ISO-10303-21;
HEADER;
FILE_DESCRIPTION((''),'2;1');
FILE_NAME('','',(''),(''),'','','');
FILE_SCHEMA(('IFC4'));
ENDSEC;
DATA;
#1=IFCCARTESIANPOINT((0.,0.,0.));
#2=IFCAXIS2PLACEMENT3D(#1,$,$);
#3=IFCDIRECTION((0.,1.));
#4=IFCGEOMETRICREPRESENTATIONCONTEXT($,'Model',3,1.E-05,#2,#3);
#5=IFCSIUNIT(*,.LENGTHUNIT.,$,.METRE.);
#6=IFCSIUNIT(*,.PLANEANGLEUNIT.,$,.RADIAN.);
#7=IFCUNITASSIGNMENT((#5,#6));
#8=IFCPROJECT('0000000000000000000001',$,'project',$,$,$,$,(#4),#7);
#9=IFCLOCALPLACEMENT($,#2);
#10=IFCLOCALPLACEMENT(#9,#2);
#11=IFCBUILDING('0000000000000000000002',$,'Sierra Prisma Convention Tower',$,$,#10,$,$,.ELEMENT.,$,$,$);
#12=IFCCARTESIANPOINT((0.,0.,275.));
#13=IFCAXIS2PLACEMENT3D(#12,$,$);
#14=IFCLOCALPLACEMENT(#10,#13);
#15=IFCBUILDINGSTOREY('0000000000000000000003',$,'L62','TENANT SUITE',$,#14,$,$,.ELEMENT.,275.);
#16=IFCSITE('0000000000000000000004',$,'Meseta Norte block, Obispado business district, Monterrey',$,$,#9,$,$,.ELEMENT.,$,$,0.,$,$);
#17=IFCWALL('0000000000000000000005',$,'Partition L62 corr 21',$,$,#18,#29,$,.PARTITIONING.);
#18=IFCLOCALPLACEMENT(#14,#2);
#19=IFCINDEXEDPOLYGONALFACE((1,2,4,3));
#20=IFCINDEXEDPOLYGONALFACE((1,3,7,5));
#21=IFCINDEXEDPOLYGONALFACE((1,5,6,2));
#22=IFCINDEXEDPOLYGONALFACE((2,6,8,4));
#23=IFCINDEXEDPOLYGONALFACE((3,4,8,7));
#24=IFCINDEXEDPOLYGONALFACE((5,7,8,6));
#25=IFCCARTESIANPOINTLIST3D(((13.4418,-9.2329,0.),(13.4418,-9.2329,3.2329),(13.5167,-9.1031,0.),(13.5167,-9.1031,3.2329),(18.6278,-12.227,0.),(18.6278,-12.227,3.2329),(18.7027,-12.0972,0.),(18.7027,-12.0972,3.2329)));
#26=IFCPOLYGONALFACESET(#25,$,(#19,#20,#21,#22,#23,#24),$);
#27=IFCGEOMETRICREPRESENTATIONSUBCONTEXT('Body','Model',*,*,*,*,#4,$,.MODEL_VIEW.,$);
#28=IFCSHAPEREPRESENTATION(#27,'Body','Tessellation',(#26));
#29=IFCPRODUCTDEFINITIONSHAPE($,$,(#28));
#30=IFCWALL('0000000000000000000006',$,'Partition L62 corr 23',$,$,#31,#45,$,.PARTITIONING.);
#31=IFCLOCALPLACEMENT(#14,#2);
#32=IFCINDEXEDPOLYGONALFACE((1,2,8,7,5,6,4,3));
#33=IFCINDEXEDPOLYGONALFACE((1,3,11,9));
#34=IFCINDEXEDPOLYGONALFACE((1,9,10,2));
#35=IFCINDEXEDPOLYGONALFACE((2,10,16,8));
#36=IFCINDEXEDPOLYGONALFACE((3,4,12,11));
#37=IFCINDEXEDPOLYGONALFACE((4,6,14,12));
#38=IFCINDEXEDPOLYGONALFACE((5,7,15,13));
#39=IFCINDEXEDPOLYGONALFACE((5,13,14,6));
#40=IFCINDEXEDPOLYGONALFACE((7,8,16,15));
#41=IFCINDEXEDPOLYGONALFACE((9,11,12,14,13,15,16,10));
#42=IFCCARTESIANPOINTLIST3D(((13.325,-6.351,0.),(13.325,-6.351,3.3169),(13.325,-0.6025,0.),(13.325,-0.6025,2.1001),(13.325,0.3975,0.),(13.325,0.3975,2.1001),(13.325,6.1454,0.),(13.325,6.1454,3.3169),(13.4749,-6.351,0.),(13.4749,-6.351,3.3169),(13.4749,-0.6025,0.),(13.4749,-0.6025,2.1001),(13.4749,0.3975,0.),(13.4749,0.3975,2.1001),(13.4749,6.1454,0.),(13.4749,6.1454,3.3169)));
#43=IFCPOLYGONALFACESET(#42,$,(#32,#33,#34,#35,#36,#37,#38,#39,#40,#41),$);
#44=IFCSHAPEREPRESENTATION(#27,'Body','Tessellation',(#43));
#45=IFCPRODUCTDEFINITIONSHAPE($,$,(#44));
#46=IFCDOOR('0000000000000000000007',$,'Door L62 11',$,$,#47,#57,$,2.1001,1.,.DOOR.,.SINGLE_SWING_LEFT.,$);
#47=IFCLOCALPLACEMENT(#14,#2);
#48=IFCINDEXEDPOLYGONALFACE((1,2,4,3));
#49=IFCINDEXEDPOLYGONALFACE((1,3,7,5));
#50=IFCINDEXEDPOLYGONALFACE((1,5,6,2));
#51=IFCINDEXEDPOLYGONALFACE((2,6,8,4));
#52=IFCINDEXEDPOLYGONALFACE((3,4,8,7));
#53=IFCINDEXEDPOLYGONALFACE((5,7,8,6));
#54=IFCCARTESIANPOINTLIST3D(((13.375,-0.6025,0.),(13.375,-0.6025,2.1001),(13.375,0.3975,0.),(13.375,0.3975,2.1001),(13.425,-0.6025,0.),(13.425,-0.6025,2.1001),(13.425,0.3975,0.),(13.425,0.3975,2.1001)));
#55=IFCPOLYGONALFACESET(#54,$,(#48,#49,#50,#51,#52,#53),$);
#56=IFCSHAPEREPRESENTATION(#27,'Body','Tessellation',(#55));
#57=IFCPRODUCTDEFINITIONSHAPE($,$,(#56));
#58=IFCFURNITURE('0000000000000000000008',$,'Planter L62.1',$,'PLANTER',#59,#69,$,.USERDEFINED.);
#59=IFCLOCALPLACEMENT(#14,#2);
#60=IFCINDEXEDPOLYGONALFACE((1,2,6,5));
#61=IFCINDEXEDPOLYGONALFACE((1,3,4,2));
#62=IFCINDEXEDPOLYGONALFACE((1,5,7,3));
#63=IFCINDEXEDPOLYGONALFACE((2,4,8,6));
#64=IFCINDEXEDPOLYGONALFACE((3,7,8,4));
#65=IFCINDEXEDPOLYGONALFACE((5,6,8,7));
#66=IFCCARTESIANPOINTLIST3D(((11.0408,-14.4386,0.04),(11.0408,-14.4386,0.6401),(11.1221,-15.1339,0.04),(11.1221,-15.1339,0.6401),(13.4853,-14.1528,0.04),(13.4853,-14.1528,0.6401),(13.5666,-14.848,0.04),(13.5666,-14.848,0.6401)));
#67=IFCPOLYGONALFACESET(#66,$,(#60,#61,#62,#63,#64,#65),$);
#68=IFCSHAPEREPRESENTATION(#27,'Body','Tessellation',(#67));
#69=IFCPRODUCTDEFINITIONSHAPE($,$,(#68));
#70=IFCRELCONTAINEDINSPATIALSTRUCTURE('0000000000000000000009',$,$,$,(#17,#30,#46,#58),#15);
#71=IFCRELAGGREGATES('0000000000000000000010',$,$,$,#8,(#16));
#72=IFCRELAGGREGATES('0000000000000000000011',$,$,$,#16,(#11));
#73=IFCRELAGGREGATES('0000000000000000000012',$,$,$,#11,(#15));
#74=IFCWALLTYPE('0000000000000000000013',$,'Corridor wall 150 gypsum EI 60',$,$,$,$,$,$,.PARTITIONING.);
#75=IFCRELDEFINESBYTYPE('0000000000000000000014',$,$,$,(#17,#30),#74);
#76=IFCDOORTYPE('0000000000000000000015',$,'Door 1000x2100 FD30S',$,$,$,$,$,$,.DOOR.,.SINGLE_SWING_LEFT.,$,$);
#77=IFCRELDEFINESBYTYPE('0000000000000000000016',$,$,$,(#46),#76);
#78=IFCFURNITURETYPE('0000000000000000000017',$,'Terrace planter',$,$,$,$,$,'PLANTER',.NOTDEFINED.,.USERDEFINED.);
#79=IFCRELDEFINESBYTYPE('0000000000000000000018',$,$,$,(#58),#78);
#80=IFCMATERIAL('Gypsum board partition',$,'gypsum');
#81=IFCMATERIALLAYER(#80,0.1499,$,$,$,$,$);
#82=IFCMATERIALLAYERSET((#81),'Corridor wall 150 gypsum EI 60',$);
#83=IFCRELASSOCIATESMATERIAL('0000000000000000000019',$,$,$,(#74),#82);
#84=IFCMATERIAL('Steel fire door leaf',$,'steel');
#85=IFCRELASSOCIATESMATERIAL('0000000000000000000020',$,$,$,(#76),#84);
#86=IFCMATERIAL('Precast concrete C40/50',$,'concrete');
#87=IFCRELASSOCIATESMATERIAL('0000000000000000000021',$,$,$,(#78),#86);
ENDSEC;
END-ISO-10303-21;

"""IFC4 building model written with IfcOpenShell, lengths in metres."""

from ifc_helpers import new_model, si_unit, direction, frame, frame_2d, origin, origin_2d, place, context, subcontext, project, spatial, rectangle, extrude, material, layer, layer_set, type_object, element, fill, save


model = new_model("IFC4")

# Units and contexts
model_context = context("Model", 3, precision=1e-05, world=origin(), true_north=direction((0.0, 1.0)))
body_context = subcontext(model_context, "Body", "Model", "MODEL_VIEW")
ifc_project = project(units=[si_unit("LENGTHUNIT", "METRE"), si_unit("PLANEANGLEUNIT", "RADIAN")], contexts=[model_context])

# Site, building, storey
site_placement = place(None, origin())
site = spatial("IfcSite", under=ifc_project, at=site_placement, Name="Meseta Norte block, Obispado business district, Monterrey", CompositionType="ELEMENT", RefElevation=0.0)
building_placement = place(site_placement, origin())
building = spatial("IfcBuilding", under=site, at=building_placement, Name="Sierra Prisma Convention Tower", CompositionType="ELEMENT")
storey_placement = place(building_placement, frame((0.0, 0.0, 275.0)))
storey = spatial("IfcBuildingStorey", under=building, at=storey_placement, Name="L62", Description="TENANT SUITE", CompositionType="ELEMENT", Elevation=275.0)

# Wall
ifc_material_1 = material(Name="Gypsum board partition", Category="gypsum")
ifc_layer_1 = layer(ifc_material_1, 0.1499)
ifc_layer_set_1 = layer_set([ifc_layer_1], Name="Corridor wall 150 gypsum EI 60")
wall_type_1 = type_object("IfcWallType", Name="Corridor wall 150 gypsum EI 60", PredefinedType="PARTITIONING", material=ifc_layer_set_1)
wall_1_placement = place(storey_placement, frame((13.4792, -9.168, 0.0), z_axis=(0.0, 0.0, 1.0), x_axis=(0.866027, -0.499998, 0.0)))
element("IfcWall", 1, at=wall_1_placement, inside=storey, type_object=wall_type_1, Name="Partition L62 corr 21", PredefinedType="PARTITIONING", context=body_context, shape_type="SweptSolid", body=[
    extrude(rectangle(XDim=5.9883, YDim=0.1499, at=frame_2d((2.9941, 0.0))), origin(), (0.0, 0.0, 1.0), 3.2329),
])

# Wall, opening, door
wall_2_placement = place(storey_placement, frame((13.3999, -6.3508, 0.0), z_axis=(0.0, 0.0, 1.0), x_axis=(0.0, 1.0, 0.0)))
wall_2 = element("IfcWall", 2, at=wall_2_placement, inside=storey, type_object=wall_type_1, Name="Partition L62 corr 23", PredefinedType="PARTITIONING", context=body_context, shape_type="SweptSolid", body=[
    extrude(rectangle(XDim=12.4963, YDim=0.1499, at=frame_2d((6.248, 0.0))), origin(), (0.0, 0.0, 1.0), 3.3169),
])
opening_1_placement = place(wall_2_placement, frame((5.7483, 0.0, 0.0)))
opening_1 = element("IfcOpeningElement", 3, at=opening_1_placement, cuts=wall_2, PredefinedType="OPENING", context=body_context, shape_type="SweptSolid", body=[
    extrude(rectangle(XDim=1.0, YDim=2.1001, at=frame_2d((0.5, 1.05))), frame((0.0, 0.075, 0.0), z_axis=(0.0, -1.0, 0.0), x_axis=(1.0, 0.0, 0.0)), (0.0, 0.0, 1.0), 0.1499),
])
ifc_material_2 = material(Name="Steel fire door leaf", Category="steel")
door_type_1 = type_object("IfcDoorType", Name="Door 1000x2100 FD30S", OperationType="SINGLE_SWING_LEFT", PredefinedType="DOOR", material=ifc_material_2)
door_1_placement = place(opening_1_placement, origin())
door_1 = element("IfcDoor", 4, at=door_1_placement, inside=storey, type_object=door_type_1, Name="Door L62 11", OperationType="SINGLE_SWING_LEFT", OverallHeight=2.1001, OverallWidth=1.0, PredefinedType="DOOR", context=body_context, shape_type="SweptSolid", body=[
    extrude(rectangle(XDim=1.0, YDim=2.1001, at=frame_2d((0.5, 1.05))), frame((0.0, 0.0249, 0.0), z_axis=(0.0, -1.0, 0.0), x_axis=(1.0, 0.0, 0.0)), (0.0, 0.0, 1.0), 0.05),
])
fill(opening_1, door_1)

# Furniture
ifc_material_3 = material(Name="Precast concrete C40/50", Category="concrete")
furniture_type = type_object("IfcFurnitureType", Name="Terrace planter", ElementType="PLANTER", AssemblyPlace="NOTDEFINED", PredefinedType="USERDEFINED", material=ifc_material_3)
furniture_placement = place(storey_placement, frame((12.3037, -14.6433, 0.04), z_axis=(0.0, 0.0, 1.0), x_axis=(0.993232, 0.11615, 0.0)))
element("IfcFurniture", 5, at=furniture_placement, inside=storey, type_object=furniture_type, Name="Planter L62.1", ObjectType="PLANTER", PredefinedType="USERDEFINED", context=body_context, shape_type="SweptSolid", body=[
    extrude(rectangle(XDim=2.4612, YDim=0.7, at=origin_2d()), origin(), (0.0, 0.0, 1.0), 0.6001),
])

save(model, "model.ifc")
